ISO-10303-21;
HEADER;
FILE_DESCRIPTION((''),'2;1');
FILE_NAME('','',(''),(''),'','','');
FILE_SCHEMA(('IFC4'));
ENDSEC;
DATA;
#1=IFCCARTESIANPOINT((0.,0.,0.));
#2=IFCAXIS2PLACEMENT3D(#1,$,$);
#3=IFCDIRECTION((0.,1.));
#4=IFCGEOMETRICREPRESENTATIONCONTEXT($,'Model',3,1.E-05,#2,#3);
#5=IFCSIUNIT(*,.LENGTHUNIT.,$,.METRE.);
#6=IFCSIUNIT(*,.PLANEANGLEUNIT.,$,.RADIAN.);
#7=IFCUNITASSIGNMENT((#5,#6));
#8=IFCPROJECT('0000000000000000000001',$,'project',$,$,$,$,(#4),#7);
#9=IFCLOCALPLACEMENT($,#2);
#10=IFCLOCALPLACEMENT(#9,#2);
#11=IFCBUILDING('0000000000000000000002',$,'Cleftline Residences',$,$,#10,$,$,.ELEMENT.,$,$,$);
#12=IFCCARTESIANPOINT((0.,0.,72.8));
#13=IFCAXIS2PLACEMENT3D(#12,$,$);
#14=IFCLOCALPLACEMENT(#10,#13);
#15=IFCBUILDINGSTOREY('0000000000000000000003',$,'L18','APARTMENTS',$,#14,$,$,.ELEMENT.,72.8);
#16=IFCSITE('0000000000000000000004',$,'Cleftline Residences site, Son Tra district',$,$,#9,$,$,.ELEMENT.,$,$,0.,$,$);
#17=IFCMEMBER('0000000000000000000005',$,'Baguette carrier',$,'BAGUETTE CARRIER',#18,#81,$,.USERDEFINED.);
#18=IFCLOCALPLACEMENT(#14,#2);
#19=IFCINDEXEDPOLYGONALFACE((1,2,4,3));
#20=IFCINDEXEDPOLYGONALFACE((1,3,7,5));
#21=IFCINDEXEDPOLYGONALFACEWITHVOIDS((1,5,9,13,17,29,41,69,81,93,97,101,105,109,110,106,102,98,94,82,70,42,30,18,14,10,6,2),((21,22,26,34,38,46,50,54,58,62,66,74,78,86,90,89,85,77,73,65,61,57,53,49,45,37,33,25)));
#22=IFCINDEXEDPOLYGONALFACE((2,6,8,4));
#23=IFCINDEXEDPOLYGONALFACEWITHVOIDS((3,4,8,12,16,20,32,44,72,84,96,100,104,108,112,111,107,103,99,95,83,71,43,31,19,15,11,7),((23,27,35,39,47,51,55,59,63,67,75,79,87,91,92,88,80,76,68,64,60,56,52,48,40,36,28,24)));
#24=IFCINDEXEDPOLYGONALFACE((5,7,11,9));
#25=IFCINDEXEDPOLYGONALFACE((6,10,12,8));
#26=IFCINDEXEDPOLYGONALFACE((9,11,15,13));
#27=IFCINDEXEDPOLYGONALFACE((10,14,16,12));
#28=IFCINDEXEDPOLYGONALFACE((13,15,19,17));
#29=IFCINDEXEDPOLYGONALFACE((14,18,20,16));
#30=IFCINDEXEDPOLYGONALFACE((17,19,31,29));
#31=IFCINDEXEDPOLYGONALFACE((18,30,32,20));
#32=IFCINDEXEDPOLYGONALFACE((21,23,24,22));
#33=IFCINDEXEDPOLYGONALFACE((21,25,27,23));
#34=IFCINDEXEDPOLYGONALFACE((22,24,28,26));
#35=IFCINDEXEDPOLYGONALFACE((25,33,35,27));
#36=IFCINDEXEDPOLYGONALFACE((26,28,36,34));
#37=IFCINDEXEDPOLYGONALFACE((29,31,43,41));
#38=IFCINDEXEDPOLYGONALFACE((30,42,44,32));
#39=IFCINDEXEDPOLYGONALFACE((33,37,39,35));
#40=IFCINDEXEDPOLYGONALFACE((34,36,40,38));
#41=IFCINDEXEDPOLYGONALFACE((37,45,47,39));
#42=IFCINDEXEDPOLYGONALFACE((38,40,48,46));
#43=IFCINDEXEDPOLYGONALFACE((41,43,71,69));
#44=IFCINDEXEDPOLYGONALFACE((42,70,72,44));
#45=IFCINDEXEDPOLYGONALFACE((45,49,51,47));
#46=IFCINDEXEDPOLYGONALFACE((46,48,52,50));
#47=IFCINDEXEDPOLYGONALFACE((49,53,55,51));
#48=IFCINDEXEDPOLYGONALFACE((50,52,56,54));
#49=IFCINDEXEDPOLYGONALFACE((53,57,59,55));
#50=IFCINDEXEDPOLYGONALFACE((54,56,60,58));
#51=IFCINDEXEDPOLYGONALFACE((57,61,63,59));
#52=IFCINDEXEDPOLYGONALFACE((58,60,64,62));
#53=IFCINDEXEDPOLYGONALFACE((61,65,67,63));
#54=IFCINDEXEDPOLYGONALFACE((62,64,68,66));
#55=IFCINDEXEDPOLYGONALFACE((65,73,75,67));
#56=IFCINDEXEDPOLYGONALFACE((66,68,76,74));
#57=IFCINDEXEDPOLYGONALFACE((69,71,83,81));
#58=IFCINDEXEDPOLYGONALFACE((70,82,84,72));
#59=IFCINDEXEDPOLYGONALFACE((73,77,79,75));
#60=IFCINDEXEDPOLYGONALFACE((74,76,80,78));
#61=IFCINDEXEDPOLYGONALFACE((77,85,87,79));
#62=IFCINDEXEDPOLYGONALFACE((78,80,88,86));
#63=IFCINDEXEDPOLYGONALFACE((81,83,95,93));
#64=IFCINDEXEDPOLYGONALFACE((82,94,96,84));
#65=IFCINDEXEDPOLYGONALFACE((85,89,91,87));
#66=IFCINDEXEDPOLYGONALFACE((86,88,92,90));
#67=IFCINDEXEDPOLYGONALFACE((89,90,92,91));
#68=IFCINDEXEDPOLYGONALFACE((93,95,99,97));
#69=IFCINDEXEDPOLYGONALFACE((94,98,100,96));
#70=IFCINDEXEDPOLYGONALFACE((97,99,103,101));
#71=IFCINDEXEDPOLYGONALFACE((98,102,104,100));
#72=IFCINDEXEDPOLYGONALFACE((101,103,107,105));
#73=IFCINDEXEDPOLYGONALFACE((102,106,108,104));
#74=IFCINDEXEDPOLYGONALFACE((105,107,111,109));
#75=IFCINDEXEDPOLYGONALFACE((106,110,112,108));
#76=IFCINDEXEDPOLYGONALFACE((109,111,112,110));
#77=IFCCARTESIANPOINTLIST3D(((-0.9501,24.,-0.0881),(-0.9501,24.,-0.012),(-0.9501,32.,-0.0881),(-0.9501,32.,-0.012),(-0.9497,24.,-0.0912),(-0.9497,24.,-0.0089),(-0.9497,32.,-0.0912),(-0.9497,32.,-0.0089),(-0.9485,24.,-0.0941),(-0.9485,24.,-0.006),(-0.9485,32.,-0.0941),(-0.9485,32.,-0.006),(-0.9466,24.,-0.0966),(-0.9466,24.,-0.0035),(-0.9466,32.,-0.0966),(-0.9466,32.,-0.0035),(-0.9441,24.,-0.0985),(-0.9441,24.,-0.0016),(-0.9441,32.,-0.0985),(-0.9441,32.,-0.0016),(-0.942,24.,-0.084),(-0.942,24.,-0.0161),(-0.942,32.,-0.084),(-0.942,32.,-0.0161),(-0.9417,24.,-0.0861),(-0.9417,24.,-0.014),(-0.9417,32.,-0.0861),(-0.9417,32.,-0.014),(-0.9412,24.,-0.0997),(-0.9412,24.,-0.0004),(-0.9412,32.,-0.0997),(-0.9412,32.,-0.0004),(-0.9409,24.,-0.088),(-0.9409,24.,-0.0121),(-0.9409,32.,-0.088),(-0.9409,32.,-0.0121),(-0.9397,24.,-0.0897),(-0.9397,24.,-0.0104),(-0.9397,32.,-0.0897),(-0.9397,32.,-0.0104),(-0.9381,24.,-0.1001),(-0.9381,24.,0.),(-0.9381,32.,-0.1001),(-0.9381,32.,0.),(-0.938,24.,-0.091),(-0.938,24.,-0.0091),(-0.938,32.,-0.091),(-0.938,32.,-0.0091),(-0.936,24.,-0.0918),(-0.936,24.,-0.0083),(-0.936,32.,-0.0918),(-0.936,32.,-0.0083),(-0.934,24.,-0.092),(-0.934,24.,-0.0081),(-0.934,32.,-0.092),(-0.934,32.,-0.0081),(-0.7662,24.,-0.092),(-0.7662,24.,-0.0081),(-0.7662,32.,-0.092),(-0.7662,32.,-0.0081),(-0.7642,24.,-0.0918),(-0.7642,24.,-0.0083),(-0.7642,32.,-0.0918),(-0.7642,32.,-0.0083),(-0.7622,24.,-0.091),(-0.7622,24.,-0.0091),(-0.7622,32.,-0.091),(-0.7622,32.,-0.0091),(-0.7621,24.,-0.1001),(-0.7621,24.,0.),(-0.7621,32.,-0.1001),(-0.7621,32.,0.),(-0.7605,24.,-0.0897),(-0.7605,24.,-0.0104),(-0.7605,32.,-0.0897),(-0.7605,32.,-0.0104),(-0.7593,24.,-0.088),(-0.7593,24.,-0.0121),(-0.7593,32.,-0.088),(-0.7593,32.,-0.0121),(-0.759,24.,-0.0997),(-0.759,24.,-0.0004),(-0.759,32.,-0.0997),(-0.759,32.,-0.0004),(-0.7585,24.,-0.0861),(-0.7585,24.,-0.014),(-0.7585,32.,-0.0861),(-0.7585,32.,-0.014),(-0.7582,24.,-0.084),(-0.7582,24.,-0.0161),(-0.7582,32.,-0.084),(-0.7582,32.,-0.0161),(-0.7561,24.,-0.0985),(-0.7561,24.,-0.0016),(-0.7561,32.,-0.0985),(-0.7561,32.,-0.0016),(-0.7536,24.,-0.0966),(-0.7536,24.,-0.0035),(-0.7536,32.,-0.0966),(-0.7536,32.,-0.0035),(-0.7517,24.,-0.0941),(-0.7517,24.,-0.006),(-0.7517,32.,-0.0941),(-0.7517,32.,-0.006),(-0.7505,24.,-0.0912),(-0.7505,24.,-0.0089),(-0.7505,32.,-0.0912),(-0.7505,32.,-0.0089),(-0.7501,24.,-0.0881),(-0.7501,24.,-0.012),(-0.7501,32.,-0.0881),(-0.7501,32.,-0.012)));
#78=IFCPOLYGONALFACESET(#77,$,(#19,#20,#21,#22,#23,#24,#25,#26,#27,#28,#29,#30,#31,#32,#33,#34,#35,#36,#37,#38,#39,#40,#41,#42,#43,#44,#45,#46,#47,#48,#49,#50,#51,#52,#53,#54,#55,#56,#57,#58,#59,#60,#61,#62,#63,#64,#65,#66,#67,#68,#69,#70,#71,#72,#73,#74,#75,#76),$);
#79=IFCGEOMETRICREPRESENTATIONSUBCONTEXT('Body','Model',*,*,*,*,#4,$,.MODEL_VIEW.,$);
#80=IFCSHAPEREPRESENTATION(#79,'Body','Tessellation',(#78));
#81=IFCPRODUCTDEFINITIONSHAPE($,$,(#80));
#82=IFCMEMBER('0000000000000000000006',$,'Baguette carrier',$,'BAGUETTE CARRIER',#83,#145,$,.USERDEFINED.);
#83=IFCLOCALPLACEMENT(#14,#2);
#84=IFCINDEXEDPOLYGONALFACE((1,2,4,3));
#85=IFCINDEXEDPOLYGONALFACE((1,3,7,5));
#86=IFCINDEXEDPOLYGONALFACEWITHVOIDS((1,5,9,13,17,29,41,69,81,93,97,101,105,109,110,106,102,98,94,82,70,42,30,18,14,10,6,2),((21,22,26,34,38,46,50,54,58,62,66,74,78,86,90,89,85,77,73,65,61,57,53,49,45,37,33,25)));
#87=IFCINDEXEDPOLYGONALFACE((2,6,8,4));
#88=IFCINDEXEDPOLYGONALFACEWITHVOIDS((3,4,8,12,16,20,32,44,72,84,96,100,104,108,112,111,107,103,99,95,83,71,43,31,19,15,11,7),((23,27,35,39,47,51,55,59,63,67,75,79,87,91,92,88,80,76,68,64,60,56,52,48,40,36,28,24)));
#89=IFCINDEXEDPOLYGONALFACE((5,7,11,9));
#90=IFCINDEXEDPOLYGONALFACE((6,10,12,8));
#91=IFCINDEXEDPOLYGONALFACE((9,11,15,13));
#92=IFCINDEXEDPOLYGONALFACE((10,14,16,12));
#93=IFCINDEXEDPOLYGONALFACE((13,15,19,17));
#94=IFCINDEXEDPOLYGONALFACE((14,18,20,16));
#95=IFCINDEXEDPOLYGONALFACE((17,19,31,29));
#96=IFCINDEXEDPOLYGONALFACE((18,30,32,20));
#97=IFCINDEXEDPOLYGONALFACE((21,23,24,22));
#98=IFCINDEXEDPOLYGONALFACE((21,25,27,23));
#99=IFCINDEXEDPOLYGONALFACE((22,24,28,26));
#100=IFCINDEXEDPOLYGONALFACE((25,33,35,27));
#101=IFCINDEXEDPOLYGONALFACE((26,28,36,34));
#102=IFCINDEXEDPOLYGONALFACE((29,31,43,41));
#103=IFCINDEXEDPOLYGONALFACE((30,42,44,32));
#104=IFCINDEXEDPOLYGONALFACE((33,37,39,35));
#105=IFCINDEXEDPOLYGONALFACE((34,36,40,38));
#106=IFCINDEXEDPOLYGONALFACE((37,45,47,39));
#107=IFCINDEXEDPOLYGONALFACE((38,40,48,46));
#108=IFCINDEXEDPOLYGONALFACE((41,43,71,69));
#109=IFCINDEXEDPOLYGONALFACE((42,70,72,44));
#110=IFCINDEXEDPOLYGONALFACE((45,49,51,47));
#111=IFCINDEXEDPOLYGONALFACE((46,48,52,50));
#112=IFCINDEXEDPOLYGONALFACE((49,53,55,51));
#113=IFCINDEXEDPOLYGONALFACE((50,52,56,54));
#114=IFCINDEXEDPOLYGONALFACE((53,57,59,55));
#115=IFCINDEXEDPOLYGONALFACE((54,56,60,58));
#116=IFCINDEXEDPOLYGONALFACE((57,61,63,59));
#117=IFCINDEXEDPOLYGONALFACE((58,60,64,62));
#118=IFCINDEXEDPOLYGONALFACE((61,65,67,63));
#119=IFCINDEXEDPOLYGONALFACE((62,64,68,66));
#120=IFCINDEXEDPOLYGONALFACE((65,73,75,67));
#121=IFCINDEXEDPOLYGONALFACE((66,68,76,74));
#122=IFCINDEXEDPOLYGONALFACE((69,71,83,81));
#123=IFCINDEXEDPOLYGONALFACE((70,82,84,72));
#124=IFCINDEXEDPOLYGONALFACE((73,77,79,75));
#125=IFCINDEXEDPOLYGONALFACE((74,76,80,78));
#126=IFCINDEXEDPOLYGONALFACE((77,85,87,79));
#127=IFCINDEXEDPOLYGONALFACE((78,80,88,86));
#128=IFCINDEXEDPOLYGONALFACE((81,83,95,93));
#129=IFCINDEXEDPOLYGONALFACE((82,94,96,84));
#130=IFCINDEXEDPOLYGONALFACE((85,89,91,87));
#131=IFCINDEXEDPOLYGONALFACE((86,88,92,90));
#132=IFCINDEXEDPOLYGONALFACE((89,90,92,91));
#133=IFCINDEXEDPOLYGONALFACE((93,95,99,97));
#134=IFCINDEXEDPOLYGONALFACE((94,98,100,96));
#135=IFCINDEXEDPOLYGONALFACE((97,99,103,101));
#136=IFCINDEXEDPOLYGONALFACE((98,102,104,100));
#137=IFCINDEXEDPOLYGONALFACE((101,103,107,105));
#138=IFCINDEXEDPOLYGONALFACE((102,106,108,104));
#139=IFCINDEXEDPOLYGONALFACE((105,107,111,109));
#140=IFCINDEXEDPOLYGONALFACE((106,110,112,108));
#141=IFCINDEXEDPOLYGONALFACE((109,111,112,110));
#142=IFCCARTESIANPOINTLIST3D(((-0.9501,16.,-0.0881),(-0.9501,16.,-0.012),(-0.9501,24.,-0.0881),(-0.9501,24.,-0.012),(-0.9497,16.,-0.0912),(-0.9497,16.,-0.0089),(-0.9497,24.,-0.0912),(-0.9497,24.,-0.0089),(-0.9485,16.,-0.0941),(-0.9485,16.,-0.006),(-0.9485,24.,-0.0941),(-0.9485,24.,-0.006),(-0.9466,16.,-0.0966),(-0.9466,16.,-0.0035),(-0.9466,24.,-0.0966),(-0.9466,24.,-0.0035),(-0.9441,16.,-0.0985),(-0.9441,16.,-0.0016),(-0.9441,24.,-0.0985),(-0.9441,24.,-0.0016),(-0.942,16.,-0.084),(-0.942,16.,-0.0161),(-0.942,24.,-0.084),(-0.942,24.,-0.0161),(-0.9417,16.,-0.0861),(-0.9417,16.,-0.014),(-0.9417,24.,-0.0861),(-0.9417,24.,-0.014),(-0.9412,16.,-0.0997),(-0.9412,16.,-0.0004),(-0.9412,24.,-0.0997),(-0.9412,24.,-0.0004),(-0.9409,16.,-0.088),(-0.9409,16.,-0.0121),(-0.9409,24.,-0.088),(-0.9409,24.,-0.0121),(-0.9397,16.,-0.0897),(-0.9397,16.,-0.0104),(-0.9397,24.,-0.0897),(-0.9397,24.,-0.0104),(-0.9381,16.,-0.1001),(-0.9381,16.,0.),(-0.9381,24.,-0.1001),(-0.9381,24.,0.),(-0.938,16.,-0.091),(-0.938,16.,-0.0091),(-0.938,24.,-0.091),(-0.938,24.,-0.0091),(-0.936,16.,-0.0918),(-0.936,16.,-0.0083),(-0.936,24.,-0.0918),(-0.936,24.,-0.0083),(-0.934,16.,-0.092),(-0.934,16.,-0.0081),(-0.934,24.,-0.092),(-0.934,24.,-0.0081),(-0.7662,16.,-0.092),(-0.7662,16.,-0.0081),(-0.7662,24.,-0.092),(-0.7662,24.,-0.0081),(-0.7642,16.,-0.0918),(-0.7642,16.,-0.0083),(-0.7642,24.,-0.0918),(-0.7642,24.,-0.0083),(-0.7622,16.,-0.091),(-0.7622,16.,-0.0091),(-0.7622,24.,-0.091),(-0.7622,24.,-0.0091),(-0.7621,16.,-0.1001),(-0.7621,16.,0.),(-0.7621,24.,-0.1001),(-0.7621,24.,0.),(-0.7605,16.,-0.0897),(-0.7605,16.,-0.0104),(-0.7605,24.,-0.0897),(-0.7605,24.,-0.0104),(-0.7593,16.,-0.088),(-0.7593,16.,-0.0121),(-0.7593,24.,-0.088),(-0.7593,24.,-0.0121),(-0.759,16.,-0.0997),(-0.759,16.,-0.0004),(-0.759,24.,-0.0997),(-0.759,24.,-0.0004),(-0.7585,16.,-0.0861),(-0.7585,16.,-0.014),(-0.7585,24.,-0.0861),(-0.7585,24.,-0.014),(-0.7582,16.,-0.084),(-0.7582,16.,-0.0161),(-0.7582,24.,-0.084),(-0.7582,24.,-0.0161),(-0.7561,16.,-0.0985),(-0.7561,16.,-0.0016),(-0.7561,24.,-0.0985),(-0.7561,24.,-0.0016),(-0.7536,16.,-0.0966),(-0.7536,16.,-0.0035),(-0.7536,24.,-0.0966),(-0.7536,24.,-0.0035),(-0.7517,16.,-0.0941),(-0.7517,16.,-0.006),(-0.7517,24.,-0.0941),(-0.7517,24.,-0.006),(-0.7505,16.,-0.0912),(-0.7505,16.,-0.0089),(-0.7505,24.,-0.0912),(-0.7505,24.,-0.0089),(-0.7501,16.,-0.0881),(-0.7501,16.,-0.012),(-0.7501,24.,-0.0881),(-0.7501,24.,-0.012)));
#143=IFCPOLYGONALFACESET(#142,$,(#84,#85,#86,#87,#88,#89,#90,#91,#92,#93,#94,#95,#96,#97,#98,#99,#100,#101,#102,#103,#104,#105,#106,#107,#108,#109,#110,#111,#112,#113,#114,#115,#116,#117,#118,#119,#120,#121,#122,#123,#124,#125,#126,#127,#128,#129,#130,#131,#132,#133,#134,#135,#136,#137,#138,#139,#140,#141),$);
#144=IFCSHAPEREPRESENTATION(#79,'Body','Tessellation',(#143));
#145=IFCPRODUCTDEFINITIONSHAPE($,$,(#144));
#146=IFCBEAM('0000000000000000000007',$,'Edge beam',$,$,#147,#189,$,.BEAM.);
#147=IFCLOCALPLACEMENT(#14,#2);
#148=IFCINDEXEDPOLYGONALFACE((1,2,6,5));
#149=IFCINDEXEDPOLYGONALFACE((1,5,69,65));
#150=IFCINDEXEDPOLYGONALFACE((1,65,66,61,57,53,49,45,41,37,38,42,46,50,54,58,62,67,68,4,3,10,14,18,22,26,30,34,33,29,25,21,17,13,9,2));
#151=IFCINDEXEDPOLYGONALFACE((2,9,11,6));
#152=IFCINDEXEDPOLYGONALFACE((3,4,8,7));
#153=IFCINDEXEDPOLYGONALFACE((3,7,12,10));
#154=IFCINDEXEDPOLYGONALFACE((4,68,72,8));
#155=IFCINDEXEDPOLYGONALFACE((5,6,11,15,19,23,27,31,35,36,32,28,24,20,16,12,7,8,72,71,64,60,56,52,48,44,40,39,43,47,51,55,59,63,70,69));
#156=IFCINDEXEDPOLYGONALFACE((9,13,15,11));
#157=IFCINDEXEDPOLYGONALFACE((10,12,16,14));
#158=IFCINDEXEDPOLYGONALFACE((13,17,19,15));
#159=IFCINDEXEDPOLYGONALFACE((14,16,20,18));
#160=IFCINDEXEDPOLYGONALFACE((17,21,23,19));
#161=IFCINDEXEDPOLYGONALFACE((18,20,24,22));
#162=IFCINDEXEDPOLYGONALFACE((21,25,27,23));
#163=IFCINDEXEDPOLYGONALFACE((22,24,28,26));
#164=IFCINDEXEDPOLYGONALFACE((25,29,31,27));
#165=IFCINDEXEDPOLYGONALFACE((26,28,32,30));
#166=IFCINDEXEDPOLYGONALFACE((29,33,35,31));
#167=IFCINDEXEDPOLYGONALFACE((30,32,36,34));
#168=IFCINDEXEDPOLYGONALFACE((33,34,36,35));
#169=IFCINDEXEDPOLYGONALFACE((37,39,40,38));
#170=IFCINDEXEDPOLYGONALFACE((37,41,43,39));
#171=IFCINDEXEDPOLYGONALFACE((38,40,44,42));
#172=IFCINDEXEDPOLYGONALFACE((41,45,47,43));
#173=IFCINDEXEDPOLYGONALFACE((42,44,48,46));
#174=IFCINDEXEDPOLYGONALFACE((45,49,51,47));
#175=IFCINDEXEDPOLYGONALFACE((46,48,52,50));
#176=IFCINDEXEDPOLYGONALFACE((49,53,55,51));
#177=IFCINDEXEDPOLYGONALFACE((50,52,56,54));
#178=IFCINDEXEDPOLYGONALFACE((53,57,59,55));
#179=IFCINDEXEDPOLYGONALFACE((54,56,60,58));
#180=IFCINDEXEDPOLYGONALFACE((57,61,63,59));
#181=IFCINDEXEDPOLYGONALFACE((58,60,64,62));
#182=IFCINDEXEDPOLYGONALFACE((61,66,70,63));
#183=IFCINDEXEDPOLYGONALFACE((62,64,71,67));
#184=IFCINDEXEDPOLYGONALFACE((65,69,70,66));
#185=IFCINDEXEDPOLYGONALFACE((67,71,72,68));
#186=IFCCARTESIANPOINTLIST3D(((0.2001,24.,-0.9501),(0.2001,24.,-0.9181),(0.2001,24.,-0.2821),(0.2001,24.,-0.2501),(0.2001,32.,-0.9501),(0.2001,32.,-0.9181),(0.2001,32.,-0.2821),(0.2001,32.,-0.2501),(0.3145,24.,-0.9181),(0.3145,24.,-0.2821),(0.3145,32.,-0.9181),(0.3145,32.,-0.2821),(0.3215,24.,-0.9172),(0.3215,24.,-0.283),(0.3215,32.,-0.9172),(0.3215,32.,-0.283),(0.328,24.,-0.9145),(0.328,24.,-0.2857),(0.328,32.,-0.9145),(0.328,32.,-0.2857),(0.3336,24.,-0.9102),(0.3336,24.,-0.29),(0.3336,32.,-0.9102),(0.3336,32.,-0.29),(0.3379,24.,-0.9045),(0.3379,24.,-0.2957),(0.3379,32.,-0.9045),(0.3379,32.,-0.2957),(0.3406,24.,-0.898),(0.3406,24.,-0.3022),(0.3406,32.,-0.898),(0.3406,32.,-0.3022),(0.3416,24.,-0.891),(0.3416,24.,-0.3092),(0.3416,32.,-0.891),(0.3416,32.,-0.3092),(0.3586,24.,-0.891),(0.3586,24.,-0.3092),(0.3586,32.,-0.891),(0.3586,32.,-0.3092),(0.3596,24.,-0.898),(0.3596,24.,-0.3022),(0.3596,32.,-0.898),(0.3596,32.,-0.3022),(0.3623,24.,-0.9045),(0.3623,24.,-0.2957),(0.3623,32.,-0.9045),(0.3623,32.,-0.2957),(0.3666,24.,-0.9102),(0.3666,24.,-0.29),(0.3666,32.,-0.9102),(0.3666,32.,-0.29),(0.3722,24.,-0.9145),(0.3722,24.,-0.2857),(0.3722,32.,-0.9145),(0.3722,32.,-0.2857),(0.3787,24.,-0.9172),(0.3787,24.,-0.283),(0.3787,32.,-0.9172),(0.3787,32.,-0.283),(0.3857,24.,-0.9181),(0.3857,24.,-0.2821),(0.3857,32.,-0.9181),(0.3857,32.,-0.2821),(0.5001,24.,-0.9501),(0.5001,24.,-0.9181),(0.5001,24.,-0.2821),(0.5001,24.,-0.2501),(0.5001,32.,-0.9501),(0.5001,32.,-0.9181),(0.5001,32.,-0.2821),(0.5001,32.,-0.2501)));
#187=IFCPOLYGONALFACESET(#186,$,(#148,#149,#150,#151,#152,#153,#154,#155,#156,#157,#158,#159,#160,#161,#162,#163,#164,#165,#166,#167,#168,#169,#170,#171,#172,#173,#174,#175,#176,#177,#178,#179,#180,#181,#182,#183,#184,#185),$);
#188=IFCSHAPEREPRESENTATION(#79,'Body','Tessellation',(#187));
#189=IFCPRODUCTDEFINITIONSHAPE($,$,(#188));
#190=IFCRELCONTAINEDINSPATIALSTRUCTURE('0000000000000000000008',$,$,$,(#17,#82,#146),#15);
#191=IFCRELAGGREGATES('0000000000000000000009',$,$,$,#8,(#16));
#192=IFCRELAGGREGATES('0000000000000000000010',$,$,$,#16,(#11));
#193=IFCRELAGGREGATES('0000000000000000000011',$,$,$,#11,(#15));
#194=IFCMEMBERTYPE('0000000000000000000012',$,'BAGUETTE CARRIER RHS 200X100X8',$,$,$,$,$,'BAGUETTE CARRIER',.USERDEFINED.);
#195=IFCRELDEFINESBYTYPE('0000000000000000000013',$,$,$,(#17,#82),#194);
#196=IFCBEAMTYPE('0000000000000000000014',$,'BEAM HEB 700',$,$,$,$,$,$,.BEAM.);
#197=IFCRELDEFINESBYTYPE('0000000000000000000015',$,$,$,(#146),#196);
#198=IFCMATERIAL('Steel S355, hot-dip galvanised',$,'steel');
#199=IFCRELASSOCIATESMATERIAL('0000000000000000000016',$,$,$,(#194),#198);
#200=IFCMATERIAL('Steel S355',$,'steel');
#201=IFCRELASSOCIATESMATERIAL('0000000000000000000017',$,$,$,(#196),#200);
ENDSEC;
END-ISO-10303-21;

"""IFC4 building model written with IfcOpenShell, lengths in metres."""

from ifc_helpers import new_model, si_unit, direction, frame, origin, origin_2d, place, context, subcontext, project, spatial, hollow_rectangle, i_section, extrude, material, material_profile, profile_set, type_object, element, save


model = new_model("IFC4")

# Units and contexts
model_context = context("Model", 3, precision=1e-05, world=origin(), true_north=direction((0.0, 1.0)))
body_context = subcontext(model_context, "Body", "Model", "MODEL_VIEW")
ifc_project = project(units=[si_unit("LENGTHUNIT", "METRE"), si_unit("PLANEANGLEUNIT", "RADIAN")], contexts=[model_context])

# Site, building, storey
site_placement = place(None, origin())
site = spatial("IfcSite", under=ifc_project, at=site_placement, Name="Cleftline Residences site, Son Tra district", CompositionType="ELEMENT", RefElevation=0.0)
building_placement = place(site_placement, origin())
building = spatial("IfcBuilding", under=site, at=building_placement, Name="Cleftline Residences", CompositionType="ELEMENT")
storey_placement = place(building_placement, frame((0.0, 0.0, 72.8)))
storey = spatial("IfcBuildingStorey", under=building, at=storey_placement, Name="L18", Description="APARTMENTS", CompositionType="ELEMENT", Elevation=72.8)

# Members
ifc_material_1 = material(Name="Steel S355, hot-dip galvanised", Category="steel")
ifc_material_profile_1 = material_profile(ifc_material_1, hollow_rectangle(XDim=0.1001, YDim=0.2, WallThickness=0.0081, InnerFilletRadius=0.0081, OuterFilletRadius=0.012, at=origin_2d()))
ifc_profile_set_1 = profile_set([ifc_material_profile_1], Name="Steel S355, hot-dip galvanised")
member_type_1 = type_object("IfcMemberType", Name="BAGUETTE CARRIER RHS 200X100X8", ElementType="BAGUETTE CARRIER", PredefinedType="USERDEFINED", material=ifc_profile_set_1)
for number, where, z_axis, x_axis, name in (
    (1, (-0.8501, 32.0, -0.05), (0.0, -1.0, 0.0), (0.0, 0.0, 1.0), "Baguette carrier"),
    (2, (-0.8501, 24.0, -0.05), (0.0, -1.0, 0.0), (0.0, 0.0, 1.0), "Baguette carrier"),
):
    element("IfcMember", number, at=place(storey_placement, frame(where, z_axis=z_axis, x_axis=x_axis)), inside=storey, type_object=member_type_1, Name=name, ObjectType="BAGUETTE CARRIER", PredefinedType="USERDEFINED", context=body_context, shape_type="SweptSolid", body=[
        extrude(hollow_rectangle(XDim=0.1001, YDim=0.2, WallThickness=0.0081, InnerFilletRadius=0.0081, OuterFilletRadius=0.012, at=origin_2d()), origin(), (0.0, 0.0, 1.0), 8.0),
    ])

# Beam
ifc_material_2 = material(Name="Steel S355", Category="steel")
ifc_material_profile_2 = material_profile(ifc_material_2, i_section(OverallWidth=0.3, OverallDepth=0.7, WebThickness=0.0171, FlangeThickness=0.032, FilletRadius=0.0271, at=origin_2d()))
ifc_profile_set_2 = profile_set([ifc_material_profile_2], Name="Steel S355")
beam_type = type_object("IfcBeamType", Name="BEAM HEB 700", PredefinedType="BEAM", material=ifc_profile_set_2)
for number, where, z_axis, x_axis, name in (
    (3, (0.3501, 24.0, -0.6001), (0.0, 1.0, 0.0), (-1.0, 0.0, 0.0), "Edge beam"),
):
    element("IfcBeam", number, at=place(storey_placement, frame(where, z_axis=z_axis, x_axis=x_axis)), inside=storey, type_object=beam_type, Name=name, PredefinedType="BEAM", context=body_context, shape_type="SweptSolid", body=[
        extrude(i_section(OverallWidth=0.3, OverallDepth=0.7, WebThickness=0.0171, FlangeThickness=0.032, FilletRadius=0.0271, at=origin_2d()), origin(), (0.0, 0.0, 1.0), 8.0),
    ])

save(model, "model.ifc")
